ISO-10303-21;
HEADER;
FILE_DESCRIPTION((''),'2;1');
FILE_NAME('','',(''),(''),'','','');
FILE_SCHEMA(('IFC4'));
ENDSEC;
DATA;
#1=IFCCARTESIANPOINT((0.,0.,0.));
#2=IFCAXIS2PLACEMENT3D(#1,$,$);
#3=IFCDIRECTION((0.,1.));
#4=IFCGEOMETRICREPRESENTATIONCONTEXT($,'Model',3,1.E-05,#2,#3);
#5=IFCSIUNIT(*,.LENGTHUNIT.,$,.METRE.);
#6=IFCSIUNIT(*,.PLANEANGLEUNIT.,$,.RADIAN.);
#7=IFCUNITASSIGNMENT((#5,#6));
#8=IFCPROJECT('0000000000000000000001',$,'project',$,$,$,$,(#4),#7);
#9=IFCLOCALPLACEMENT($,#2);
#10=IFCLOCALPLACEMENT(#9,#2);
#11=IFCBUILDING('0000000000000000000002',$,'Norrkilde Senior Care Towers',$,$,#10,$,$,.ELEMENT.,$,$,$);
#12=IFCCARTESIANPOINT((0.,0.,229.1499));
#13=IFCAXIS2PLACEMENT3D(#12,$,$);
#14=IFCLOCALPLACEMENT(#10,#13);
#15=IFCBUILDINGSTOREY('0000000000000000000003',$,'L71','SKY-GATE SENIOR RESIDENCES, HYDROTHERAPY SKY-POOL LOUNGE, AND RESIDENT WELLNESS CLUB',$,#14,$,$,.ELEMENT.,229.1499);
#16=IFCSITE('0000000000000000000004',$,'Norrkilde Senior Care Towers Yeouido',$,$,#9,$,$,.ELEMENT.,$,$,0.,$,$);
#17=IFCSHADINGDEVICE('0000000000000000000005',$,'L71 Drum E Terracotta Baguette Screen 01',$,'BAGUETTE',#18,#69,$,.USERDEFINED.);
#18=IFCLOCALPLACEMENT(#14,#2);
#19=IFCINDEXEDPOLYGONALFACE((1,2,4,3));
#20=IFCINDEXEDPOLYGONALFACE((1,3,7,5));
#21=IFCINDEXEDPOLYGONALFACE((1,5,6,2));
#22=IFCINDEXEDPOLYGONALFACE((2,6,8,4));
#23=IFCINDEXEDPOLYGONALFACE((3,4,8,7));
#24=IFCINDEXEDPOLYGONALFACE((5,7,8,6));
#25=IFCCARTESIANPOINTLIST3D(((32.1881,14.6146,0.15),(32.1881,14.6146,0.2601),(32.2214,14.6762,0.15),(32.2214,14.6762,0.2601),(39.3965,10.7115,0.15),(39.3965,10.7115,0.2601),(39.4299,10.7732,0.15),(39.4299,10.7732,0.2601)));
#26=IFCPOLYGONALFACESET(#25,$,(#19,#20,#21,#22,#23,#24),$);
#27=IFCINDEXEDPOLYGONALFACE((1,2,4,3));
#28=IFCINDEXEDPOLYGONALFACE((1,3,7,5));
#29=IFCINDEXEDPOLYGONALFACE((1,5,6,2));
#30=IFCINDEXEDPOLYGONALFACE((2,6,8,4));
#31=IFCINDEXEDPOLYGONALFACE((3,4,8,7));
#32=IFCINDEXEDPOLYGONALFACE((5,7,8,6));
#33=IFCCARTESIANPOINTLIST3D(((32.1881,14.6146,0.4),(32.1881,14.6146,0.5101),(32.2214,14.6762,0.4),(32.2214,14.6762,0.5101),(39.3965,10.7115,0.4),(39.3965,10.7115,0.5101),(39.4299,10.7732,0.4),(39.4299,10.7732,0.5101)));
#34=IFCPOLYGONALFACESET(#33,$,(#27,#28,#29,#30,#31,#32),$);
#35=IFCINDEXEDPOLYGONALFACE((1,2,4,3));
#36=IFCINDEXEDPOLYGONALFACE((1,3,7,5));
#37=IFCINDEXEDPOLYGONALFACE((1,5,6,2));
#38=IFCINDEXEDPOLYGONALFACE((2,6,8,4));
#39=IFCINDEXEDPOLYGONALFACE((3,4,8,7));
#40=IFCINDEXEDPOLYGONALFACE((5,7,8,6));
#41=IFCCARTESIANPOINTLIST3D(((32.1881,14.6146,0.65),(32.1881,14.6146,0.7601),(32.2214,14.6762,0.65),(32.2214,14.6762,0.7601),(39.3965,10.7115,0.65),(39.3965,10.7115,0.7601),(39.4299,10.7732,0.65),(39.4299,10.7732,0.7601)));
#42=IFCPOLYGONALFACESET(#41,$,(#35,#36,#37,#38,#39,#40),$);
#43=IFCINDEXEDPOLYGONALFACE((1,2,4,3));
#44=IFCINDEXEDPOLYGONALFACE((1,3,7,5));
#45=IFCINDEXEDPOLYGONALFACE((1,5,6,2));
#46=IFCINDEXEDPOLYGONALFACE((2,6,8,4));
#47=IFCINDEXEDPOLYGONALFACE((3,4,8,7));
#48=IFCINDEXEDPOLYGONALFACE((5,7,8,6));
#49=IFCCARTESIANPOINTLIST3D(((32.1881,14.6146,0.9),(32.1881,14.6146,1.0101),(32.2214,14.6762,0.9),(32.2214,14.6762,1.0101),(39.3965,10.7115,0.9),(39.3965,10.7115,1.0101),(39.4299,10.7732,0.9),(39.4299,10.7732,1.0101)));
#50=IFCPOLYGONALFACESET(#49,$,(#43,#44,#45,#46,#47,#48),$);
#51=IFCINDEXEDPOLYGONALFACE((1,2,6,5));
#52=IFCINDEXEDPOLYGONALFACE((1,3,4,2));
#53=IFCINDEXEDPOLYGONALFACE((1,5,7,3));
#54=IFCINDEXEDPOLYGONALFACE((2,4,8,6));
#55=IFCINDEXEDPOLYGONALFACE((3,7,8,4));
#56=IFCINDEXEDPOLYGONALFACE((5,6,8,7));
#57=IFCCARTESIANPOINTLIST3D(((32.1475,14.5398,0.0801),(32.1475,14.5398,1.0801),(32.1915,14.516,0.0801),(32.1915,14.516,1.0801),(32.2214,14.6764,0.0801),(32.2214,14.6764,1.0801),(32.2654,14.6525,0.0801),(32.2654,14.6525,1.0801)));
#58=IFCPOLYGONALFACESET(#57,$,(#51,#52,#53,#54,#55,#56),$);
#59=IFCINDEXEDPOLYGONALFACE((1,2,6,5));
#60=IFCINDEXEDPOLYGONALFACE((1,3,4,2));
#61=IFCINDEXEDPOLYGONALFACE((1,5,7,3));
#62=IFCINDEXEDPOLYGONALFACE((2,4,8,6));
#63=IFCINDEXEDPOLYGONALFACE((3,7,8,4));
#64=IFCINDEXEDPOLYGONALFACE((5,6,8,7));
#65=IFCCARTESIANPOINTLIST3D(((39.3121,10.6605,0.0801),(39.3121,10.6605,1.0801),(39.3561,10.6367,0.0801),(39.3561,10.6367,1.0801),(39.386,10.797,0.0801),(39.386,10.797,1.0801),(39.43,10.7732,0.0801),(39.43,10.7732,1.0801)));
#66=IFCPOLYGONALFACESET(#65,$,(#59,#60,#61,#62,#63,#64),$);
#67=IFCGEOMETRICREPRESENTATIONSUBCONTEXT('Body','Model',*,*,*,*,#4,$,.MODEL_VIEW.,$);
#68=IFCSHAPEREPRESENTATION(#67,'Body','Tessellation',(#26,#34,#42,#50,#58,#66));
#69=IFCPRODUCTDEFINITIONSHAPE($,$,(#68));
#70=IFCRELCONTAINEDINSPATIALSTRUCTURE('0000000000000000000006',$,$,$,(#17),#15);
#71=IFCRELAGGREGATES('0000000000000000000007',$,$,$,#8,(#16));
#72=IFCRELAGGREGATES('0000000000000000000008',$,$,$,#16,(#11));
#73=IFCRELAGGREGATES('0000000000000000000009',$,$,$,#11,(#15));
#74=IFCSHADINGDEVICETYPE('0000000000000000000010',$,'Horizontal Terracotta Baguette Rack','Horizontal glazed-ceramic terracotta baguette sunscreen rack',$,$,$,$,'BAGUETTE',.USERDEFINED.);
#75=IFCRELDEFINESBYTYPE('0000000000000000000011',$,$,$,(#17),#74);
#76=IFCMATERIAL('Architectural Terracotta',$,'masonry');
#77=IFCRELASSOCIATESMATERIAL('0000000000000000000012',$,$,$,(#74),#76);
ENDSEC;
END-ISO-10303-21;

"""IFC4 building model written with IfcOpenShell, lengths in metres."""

from ifc_helpers import new_model, si_unit, direction, frame, origin, origin_2d, place, context, subcontext, project, spatial, rectangle, extrude, source, transform, mapped, material, type_object, type_shapes, element, save


model = new_model("IFC4")

# Units and contexts
model_context = context("Model", 3, precision=1e-05, world=origin(), true_north=direction((0.0, 1.0)))
body_context = subcontext(model_context, "Body", "Model", "MODEL_VIEW")
ifc_project = project(units=[si_unit("LENGTHUNIT", "METRE"), si_unit("PLANEANGLEUNIT", "RADIAN")], contexts=[model_context])

# Site, building, storey
site_placement = place(None, origin())
site = spatial("IfcSite", under=ifc_project, at=site_placement, Name="Norrkilde Senior Care Towers Yeouido", CompositionType="ELEMENT", RefElevation=0.0)
building_placement = place(site_placement, origin())
building = spatial("IfcBuilding", under=site, at=building_placement, Name="Norrkilde Senior Care Towers", CompositionType="ELEMENT")
storey_placement = place(building_placement, frame((0.0, 0.0, 229.1499)))
storey = spatial("IfcBuildingStorey", under=building, at=storey_placement, Name="L71", Description="SKY-GATE SENIOR RESIDENCES, HYDROTHERAPY SKY-POOL LOUNGE, AND RESIDENT WELLNESS CLUB", CompositionType="ELEMENT", Elevation=229.1499)

# Shading device
ifc_material_1 = material(Name="Architectural Terracotta", Category="masonry")
shading_device_type = type_object("IfcShadingDeviceType", Name="Horizontal Terracotta Baguette Rack", Description="Horizontal glazed-ceramic terracotta baguette sunscreen rack", ElementType="BAGUETTE", PredefinedType="USERDEFINED", material=ifc_material_1)
shared_shape_1 = source(origin(), body_context, "Body", "SweptSolid", [
    extrude(rectangle(XDim=0.0701, YDim=0.1101, at=origin_2d()), frame((0.0, 0.0901, 0.125), z_axis=(1.0, 0.0, 0.0), x_axis=(0.0, 1.0, 0.0)), (0.0, 0.0, 1.0), 8.1973),
    extrude(rectangle(XDim=0.0701, YDim=0.1101, at=origin_2d()), frame((0.0, 0.0901, 0.375), z_axis=(1.0, 0.0, 0.0), x_axis=(0.0, 1.0, 0.0)), (0.0, 0.0, 1.0), 8.1973),
    extrude(rectangle(XDim=0.0701, YDim=0.1101, at=origin_2d()), frame((0.0, 0.0901, 0.625), z_axis=(1.0, 0.0, 0.0), x_axis=(0.0, 1.0, 0.0)), (0.0, 0.0, 1.0), 8.1973),
    extrude(rectangle(XDim=0.0701, YDim=0.1101, at=origin_2d()), frame((0.0, 0.0901, 0.875), z_axis=(1.0, 0.0, 0.0), x_axis=(0.0, 1.0, 0.0)), (0.0, 0.0, 1.0), 8.1973),
    extrude(rectangle(XDim=0.05, YDim=0.1553, at=origin_2d()), frame((0.0249, 0.0476, 0.0)), (0.0, 0.0, 1.0), 1.0),
    extrude(rectangle(XDim=0.05, YDim=0.1553, at=origin_2d()), frame((8.1724, 0.0476, 0.0)), (0.0, 0.0, 1.0), 1.0),
])
type_shapes(shading_device_type, [shared_shape_1])
shading_device_placement = place(storey_placement, frame((32.1619, 14.5662, 0.0801), z_axis=(0.0, 0.0, 1.0), x_axis=(0.879378, -0.476144, 0.0)))
element("IfcShadingDevice", 1, at=shading_device_placement, inside=storey, type_object=shading_device_type, Name="L71 Drum E Terracotta Baguette Screen 01", ObjectType="BAGUETTE", PredefinedType="USERDEFINED", context=body_context, shape_type="MappedRepresentation", body=[
    mapped(shared_shape_1, transform((0.0, 0.0, 0.0), x_axis=(1.0, 0.0, 0.0), y_axis=(0.0, 1.0, 0.0), z_axis=(0.0, 0.0, 1.0), scale=1.0)),
])

save(model, "model.ifc")
